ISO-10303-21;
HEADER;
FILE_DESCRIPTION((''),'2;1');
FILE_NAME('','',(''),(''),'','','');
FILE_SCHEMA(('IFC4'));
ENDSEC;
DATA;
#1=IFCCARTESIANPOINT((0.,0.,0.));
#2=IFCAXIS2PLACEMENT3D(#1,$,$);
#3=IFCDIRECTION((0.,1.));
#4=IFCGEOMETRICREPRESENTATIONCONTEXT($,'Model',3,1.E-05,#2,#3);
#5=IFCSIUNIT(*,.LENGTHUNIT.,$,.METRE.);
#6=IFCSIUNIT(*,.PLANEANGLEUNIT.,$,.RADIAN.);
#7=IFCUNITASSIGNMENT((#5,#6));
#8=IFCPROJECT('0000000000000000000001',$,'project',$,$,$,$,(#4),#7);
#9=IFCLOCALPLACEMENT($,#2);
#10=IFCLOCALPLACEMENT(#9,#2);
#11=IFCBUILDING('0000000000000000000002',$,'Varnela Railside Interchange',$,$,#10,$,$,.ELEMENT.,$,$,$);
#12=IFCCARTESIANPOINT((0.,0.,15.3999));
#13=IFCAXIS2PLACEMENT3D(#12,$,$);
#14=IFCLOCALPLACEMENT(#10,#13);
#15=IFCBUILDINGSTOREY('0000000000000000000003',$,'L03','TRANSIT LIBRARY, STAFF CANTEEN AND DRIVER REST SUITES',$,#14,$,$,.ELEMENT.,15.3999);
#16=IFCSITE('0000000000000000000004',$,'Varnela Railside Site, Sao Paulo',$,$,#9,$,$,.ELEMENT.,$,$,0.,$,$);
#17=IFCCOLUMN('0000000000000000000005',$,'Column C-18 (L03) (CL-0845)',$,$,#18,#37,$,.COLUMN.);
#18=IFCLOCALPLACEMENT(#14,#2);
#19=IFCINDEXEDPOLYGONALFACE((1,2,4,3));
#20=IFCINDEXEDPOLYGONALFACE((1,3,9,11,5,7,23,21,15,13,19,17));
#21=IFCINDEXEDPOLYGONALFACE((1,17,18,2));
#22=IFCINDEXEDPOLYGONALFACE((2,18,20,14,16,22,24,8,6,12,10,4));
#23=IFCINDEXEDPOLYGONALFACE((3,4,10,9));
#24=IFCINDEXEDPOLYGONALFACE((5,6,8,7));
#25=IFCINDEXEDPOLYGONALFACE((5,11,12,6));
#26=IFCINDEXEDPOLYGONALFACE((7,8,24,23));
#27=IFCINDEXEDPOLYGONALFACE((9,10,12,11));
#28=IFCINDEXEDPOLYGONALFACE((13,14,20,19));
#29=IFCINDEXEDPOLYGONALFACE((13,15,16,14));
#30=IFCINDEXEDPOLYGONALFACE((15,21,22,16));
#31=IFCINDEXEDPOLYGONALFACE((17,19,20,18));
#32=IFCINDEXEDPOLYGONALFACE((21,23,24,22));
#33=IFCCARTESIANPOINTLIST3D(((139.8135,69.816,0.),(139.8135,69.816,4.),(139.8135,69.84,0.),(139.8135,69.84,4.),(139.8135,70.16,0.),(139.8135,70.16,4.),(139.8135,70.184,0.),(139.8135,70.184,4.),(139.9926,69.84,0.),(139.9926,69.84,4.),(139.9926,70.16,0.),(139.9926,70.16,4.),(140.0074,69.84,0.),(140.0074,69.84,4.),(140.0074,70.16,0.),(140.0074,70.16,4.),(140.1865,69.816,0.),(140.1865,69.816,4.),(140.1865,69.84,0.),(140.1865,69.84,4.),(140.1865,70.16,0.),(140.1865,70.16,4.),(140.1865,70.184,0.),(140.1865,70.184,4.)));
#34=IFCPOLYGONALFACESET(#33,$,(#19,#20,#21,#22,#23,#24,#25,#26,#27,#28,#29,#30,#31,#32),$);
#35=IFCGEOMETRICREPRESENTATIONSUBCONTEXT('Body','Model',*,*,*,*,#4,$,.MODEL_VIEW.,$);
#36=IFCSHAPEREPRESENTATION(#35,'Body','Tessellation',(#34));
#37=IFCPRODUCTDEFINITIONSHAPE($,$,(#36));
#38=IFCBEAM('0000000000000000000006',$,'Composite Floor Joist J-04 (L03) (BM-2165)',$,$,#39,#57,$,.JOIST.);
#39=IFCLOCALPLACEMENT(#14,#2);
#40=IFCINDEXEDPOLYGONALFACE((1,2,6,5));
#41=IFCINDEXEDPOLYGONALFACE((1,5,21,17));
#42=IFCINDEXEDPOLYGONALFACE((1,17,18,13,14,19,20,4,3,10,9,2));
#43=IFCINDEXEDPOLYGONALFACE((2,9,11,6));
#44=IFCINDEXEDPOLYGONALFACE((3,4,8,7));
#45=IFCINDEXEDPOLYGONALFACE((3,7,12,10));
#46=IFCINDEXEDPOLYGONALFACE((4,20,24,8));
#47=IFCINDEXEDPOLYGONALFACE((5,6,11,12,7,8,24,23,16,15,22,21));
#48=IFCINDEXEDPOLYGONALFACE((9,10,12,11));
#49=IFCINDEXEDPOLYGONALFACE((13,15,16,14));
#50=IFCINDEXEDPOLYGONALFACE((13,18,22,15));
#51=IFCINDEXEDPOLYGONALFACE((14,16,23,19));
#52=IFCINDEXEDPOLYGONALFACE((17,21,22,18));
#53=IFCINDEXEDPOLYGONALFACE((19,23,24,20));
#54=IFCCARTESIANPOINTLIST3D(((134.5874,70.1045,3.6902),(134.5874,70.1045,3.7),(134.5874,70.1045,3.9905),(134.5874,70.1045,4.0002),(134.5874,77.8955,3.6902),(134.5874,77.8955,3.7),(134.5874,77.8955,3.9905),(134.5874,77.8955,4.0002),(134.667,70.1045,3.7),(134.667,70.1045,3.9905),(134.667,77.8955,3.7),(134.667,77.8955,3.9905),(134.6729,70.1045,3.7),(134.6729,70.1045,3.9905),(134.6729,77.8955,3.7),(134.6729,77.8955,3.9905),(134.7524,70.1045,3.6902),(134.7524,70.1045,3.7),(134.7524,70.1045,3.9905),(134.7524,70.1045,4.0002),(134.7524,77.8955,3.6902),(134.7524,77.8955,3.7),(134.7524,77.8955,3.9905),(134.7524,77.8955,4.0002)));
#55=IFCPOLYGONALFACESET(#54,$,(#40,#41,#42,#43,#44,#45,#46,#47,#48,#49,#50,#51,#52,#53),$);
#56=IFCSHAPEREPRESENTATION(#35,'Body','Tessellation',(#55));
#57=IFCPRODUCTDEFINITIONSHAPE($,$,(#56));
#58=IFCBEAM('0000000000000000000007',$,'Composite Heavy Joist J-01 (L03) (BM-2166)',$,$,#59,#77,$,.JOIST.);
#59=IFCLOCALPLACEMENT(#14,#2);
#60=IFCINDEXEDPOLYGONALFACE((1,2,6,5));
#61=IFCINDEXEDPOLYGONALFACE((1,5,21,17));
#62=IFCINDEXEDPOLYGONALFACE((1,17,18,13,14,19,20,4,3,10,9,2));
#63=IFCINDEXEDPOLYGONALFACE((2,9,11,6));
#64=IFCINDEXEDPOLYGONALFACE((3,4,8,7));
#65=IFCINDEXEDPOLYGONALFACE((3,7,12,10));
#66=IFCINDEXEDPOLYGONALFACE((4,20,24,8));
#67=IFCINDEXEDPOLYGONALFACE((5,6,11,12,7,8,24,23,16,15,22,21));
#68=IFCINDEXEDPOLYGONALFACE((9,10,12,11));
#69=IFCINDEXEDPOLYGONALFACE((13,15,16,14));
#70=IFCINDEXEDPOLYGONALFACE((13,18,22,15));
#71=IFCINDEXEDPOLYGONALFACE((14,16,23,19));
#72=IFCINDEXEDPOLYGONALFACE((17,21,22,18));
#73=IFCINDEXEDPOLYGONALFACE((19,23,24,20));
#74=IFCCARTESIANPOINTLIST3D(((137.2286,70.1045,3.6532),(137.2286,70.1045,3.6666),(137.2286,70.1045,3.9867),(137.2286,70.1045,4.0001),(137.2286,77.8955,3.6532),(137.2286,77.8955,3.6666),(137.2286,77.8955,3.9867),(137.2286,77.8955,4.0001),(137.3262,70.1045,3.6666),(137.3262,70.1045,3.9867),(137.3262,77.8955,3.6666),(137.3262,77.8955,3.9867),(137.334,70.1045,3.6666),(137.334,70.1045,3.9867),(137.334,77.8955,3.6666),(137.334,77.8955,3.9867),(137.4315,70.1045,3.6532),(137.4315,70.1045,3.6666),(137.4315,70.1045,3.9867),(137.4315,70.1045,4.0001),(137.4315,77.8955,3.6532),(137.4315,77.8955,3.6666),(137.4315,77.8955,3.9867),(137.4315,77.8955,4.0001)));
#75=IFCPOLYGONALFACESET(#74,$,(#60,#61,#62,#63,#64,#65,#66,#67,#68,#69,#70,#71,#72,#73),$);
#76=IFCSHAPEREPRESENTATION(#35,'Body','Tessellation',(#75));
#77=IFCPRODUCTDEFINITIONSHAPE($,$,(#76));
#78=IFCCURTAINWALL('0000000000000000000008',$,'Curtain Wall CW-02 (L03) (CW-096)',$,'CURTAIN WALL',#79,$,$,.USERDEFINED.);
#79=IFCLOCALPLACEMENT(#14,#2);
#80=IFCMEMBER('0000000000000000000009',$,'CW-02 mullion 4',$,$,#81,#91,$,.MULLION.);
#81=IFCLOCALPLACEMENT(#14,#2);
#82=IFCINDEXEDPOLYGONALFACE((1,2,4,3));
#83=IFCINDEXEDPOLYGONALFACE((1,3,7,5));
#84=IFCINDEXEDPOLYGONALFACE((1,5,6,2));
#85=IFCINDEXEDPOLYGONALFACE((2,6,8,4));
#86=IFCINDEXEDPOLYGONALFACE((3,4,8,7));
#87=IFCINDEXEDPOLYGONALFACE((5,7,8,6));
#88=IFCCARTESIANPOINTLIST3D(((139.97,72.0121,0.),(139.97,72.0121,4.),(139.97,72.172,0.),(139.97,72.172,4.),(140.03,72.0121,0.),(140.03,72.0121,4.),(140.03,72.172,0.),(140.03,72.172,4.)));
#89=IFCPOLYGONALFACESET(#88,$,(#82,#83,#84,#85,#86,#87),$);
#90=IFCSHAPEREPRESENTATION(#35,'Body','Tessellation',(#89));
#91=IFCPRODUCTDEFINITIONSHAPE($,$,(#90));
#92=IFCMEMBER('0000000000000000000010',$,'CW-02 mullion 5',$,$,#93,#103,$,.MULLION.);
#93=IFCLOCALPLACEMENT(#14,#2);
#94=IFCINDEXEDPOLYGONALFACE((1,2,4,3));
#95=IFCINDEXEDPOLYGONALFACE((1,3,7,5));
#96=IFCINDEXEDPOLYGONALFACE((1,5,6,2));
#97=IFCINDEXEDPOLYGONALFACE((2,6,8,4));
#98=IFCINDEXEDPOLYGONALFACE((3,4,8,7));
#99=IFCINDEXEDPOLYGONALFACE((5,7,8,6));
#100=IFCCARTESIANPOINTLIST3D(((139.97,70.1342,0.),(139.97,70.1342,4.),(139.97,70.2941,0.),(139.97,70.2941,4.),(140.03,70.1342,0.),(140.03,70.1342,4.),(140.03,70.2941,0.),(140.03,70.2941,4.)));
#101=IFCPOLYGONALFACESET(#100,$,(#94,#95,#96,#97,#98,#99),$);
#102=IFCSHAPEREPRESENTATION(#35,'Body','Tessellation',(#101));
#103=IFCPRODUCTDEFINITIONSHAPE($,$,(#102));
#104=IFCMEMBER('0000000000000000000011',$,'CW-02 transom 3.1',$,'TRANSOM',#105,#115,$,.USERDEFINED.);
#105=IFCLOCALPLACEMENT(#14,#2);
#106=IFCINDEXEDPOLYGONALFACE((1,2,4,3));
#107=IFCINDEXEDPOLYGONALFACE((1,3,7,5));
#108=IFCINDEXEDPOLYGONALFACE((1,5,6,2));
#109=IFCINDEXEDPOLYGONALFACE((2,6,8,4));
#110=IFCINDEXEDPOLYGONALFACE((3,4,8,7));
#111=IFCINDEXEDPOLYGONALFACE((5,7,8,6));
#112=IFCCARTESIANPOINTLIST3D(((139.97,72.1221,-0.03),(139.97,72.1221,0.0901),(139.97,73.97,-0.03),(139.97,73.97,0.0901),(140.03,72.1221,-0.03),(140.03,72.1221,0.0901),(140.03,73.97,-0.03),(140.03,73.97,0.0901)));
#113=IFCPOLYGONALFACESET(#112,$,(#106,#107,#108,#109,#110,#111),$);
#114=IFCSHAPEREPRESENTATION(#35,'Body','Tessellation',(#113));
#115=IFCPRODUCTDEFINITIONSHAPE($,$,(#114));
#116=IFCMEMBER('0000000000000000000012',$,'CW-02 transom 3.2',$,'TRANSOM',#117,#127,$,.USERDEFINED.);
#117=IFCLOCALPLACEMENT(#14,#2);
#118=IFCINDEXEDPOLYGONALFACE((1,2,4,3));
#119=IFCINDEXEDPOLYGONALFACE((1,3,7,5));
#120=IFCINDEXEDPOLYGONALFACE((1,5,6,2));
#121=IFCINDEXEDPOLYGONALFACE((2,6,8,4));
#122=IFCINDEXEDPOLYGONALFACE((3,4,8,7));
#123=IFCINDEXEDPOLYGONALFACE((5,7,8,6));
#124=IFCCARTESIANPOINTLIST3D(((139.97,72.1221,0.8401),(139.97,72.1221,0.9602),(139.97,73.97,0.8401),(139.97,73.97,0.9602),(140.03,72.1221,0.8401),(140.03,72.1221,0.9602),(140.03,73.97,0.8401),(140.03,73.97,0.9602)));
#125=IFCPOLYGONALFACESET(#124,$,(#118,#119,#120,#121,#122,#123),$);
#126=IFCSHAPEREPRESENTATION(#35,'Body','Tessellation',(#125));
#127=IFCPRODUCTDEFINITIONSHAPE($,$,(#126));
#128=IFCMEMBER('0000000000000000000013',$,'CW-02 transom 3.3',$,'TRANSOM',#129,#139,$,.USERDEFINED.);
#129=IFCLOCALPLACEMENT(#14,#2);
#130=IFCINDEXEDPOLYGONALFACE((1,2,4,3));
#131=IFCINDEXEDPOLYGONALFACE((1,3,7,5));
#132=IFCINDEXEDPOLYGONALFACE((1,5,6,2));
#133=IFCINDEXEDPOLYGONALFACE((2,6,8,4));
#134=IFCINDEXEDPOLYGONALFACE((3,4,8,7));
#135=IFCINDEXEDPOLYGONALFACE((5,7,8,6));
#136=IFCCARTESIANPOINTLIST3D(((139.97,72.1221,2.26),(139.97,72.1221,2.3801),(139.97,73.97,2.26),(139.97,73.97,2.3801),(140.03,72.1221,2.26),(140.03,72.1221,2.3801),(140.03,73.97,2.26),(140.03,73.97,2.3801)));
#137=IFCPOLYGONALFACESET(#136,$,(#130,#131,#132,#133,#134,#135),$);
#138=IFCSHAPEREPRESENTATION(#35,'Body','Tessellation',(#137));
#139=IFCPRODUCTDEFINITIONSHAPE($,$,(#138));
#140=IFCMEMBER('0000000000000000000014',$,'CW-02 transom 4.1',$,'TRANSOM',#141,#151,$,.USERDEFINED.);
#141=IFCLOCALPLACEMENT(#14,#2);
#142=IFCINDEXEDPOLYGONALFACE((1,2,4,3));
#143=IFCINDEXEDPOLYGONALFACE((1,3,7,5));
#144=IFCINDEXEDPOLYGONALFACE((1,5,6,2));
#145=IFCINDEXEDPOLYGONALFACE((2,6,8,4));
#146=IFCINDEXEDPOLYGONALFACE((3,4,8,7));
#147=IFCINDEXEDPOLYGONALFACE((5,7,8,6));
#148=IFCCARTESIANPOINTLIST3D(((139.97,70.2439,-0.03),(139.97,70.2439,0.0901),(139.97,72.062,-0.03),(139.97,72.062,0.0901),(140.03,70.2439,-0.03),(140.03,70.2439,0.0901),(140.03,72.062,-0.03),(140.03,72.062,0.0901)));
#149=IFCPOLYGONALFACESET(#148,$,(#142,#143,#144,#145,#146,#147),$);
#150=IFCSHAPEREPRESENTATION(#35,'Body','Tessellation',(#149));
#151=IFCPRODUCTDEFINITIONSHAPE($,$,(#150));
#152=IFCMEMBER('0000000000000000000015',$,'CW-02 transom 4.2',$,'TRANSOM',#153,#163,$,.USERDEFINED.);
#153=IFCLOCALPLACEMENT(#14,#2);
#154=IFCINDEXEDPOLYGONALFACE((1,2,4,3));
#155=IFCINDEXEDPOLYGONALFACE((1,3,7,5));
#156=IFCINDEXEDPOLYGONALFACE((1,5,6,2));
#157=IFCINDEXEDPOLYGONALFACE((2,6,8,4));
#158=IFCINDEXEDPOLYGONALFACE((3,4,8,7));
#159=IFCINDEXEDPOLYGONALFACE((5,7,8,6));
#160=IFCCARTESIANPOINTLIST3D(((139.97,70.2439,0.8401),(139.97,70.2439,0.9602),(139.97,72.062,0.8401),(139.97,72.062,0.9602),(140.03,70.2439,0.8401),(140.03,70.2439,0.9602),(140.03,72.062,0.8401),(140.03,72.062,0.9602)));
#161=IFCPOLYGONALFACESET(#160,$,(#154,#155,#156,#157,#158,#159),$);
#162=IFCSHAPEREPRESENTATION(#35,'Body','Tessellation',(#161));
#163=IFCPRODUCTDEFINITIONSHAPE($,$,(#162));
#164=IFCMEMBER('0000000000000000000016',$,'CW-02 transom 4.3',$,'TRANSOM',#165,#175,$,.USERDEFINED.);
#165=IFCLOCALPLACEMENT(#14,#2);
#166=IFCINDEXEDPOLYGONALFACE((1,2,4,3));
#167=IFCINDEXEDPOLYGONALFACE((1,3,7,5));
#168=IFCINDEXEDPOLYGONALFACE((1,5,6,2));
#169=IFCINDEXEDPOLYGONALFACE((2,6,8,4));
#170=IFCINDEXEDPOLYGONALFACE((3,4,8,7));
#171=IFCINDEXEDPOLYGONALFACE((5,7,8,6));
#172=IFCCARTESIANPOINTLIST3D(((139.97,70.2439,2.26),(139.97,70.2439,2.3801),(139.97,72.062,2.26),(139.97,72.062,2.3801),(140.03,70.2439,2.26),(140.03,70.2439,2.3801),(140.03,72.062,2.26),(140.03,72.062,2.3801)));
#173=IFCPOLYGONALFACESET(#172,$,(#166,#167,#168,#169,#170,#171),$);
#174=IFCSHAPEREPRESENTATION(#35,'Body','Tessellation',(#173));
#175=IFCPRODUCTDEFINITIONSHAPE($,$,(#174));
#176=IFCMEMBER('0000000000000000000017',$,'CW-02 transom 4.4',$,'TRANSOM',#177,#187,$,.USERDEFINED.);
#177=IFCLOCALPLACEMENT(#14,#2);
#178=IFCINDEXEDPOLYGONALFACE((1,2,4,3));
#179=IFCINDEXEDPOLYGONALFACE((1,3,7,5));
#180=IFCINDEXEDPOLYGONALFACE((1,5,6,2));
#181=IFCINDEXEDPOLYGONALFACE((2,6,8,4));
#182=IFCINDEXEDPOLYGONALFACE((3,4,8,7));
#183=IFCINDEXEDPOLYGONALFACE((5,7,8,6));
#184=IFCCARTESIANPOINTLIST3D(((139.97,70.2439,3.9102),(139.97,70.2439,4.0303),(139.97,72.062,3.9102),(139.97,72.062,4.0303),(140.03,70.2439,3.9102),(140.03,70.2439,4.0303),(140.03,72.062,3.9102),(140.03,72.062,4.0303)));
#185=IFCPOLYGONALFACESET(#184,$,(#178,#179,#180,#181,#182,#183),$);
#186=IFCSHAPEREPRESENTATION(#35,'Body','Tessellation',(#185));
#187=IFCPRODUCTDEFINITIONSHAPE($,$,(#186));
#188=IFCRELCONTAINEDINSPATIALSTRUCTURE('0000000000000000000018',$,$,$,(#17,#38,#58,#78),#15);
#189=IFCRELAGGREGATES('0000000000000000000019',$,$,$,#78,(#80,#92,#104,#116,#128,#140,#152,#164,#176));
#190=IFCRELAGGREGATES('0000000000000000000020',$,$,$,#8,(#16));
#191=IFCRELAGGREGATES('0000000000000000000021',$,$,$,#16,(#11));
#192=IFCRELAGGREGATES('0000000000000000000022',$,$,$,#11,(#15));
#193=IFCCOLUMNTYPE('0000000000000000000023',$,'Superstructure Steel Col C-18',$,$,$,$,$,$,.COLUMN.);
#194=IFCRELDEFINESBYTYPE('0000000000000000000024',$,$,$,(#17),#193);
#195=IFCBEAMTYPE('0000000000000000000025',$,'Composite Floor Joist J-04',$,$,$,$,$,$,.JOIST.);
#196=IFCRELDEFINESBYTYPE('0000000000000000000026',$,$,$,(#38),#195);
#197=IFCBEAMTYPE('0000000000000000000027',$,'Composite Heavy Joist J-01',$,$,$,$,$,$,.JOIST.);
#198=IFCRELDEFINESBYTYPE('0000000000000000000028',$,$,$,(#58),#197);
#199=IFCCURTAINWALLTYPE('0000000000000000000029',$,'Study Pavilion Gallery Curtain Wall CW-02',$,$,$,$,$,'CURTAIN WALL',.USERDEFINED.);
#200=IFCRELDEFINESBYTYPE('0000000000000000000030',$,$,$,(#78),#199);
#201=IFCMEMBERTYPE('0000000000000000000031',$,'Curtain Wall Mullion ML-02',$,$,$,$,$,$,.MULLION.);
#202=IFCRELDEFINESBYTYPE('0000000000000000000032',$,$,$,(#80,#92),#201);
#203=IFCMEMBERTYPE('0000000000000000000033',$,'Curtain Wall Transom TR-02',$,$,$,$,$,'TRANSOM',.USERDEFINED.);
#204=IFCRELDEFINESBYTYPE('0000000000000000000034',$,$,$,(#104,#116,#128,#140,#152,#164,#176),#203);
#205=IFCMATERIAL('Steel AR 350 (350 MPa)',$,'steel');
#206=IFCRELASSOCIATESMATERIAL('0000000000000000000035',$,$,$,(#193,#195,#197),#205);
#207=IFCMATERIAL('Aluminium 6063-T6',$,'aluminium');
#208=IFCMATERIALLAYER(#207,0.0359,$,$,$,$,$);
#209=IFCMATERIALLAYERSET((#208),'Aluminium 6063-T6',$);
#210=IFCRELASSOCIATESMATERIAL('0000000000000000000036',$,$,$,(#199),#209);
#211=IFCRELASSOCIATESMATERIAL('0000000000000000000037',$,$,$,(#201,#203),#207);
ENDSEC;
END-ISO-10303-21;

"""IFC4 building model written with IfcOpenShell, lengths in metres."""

from ifc_helpers import new_model, si_unit, direction, frame, origin, origin_2d, place, context, subcontext, project, spatial, rectangle, i_section, extrude, material, layer, layer_set, material_profile, profile_set, type_object, element, aggregate, save


model = new_model("IFC4")

# Units and contexts
model_context = context("Model", 3, precision=1e-05, world=origin(), true_north=direction((0.0, 1.0)))
body_context = subcontext(model_context, "Body", "Model", "MODEL_VIEW")
ifc_project = project(units=[si_unit("LENGTHUNIT", "METRE"), si_unit("PLANEANGLEUNIT", "RADIAN")], contexts=[model_context])

# Site, building, storey
site_placement = place(None, origin())
site = spatial("IfcSite", under=ifc_project, at=site_placement, Name="Varnela Railside Site, Sao Paulo", CompositionType="ELEMENT", RefElevation=0.0)
building_placement = place(site_placement, origin())
building = spatial("IfcBuilding", under=site, at=building_placement, Name="Varnela Railside Interchange", CompositionType="ELEMENT")
storey_placement = place(building_placement, frame((0.0, 0.0, 15.3999)))
storey = spatial("IfcBuildingStorey", under=building, at=storey_placement, Name="L03", Description="TRANSIT LIBRARY, STAFF CANTEEN AND DRIVER REST SUITES", CompositionType="ELEMENT", Elevation=15.3999)

# Column
ifc_material_1 = material(Name="Steel AR 350 (350 MPa)", Category="steel")
ifc_material_profile_1 = material_profile(ifc_material_1, i_section(OverallWidth=0.373, OverallDepth=0.3679, WebThickness=0.0149, FlangeThickness=0.0239, at=origin_2d()), Name="W360x179")
ifc_profile_set_1 = profile_set([ifc_material_profile_1], Name="Steel AR 350 (350 MPa)")
column_type = type_object("IfcColumnType", Name="Superstructure Steel Col C-18", PredefinedType="COLUMN", material=ifc_profile_set_1)
column_placement = place(storey_placement, frame((140.0, 70.0, 0.0), z_axis=(0.0, 0.0, 1.0), x_axis=(1.0, 0.0, 0.0)))
element("IfcColumn", 1, at=column_placement, inside=storey, type_object=column_type, Name="Column C-18 (L03) (CL-0845)", PredefinedType="COLUMN", context=body_context, shape_type="SweptSolid", body=[
    extrude(i_section(OverallWidth=0.373, OverallDepth=0.3679, WebThickness=0.0149, FlangeThickness=0.0239, at=origin_2d()), origin(), (0.0, 0.0, 1.0), 4.0),
])

# Beams
ifc_material_profile_2 = material_profile(ifc_material_1, i_section(OverallWidth=0.165, OverallDepth=0.3101, WebThickness=0.0059, FlangeThickness=0.0098, at=origin_2d()), Name="W310x38.7")
ifc_profile_set_2 = profile_set([ifc_material_profile_2], Name="Steel AR 350 (350 MPa)")
beam_type_1 = type_object("IfcBeamType", Name="Composite Floor Joist J-04", PredefinedType="JOIST", material=ifc_profile_set_2)
beam_1_placement = place(storey_placement, frame((134.6699, 70.1045, 3.8452), z_axis=(0.0, 1.0, 0.0), x_axis=(-1.0, 0.0, 0.0)))
element("IfcBeam", 2, at=beam_1_placement, inside=storey, type_object=beam_type_1, Name="Composite Floor Joist J-04 (L03) (BM-2165)", PredefinedType="JOIST", context=body_context, shape_type="SweptSolid", body=[
    extrude(i_section(OverallWidth=0.165, OverallDepth=0.3101, WebThickness=0.0059, FlangeThickness=0.0098, at=origin_2d()), origin(), (0.0, 0.0, 1.0), 7.791),
])
ifc_material_profile_3 = material_profile(ifc_material_1, i_section(OverallWidth=0.2029, OverallDepth=0.3469, WebThickness=0.0078, FlangeThickness=0.0134, at=origin_2d()), Name="W360x64")
ifc_profile_set_3 = profile_set([ifc_material_profile_3], Name="Steel AR 350 (350 MPa)")
beam_type_2 = type_object("IfcBeamType", Name="Composite Heavy Joist J-01", PredefinedType="JOIST", material=ifc_profile_set_3)
beam_2_placement = place(storey_placement, frame((137.3301, 70.1045, 3.8267), z_axis=(0.0, 1.0, 0.0), x_axis=(-1.0, 0.0, 0.0)))
element("IfcBeam", 3, at=beam_2_placement, inside=storey, type_object=beam_type_2, Name="Composite Heavy Joist J-01 (L03) (BM-2166)", PredefinedType="JOIST", context=body_context, shape_type="SweptSolid", body=[
    extrude(i_section(OverallWidth=0.2029, OverallDepth=0.3469, WebThickness=0.0078, FlangeThickness=0.0134, at=origin_2d()), origin(), (0.0, 0.0, 1.0), 7.791),
])

# Curtain wall, members
ifc_material_2 = material(Name="Aluminium 6063-T6", Category="aluminium")
ifc_layer_1 = layer(ifc_material_2, 0.0359)
ifc_layer_set_1 = layer_set([ifc_layer_1], Name="Aluminium 6063-T6")
curtain_wall_type = type_object("IfcCurtainWallType", Name="Study Pavilion Gallery Curtain Wall CW-02", ElementType="CURTAIN WALL", PredefinedType="USERDEFINED", material=ifc_layer_set_1)
curtain_wall_placement = place(storey_placement, origin())
curtain_wall = element("IfcCurtainWall", 4, at=curtain_wall_placement, inside=storey, type_object=curtain_wall_type, Name="Curtain Wall CW-02 (L03) (CW-096)", ObjectType="CURTAIN WALL", PredefinedType="USERDEFINED")
ifc_material_profile_4 = material_profile(ifc_material_2, rectangle(XDim=0.0601, YDim=0.1599, at=origin_2d()), Name="ALU 60x160")
ifc_profile_set_4 = profile_set([ifc_material_profile_4], Name="Aluminium 6063-T6")
member_type_1 = type_object("IfcMemberType", Name="Curtain Wall Mullion ML-02", PredefinedType="MULLION", material=ifc_profile_set_4)
member_1_placement = place(storey_placement, frame((140.0, 72.092, 0.0), z_axis=(0.0, 0.0, 1.0), x_axis=(1.0, 0.0, 0.0)))
member_1 = element("IfcMember", 5, at=member_1_placement, type_object=member_type_1, Name="CW-02 mullion 4", PredefinedType="MULLION", context=body_context, shape_type="SweptSolid", body=[
    extrude(rectangle(XDim=0.0601, YDim=0.1599, at=origin_2d()), origin(), (0.0, 0.0, 1.0), 4.0),
])
member_2_placement = place(storey_placement, frame((140.0, 70.2141, 0.0), z_axis=(0.0, 0.0, 1.0), x_axis=(1.0, 0.0, 0.0)))
member_2 = element("IfcMember", 6, at=member_2_placement, type_object=member_type_1, Name="CW-02 mullion 5", PredefinedType="MULLION", context=body_context, shape_type="SweptSolid", body=[
    extrude(rectangle(XDim=0.0601, YDim=0.1599, at=origin_2d()), origin(), (0.0, 0.0, 1.0), 4.0),
])
ifc_material_profile_5 = material_profile(ifc_material_2, rectangle(XDim=0.0601, YDim=0.1201, at=origin_2d()), Name="ALU 60x120")
ifc_profile_set_5 = profile_set([ifc_material_profile_5], Name="Aluminium 6063-T6")
member_type_2 = type_object("IfcMemberType", Name="Curtain Wall Transom TR-02", ElementType="TRANSOM", PredefinedType="USERDEFINED", material=ifc_profile_set_5)
member_3_placement = place(storey_placement, frame((140.0, 73.97, 0.03), z_axis=(0.0, -1.0, 0.0), x_axis=(1.0, 0.0, 0.0)))
member_3 = element("IfcMember", 7, at=member_3_placement, type_object=member_type_2, Name="CW-02 transom 3.1", ObjectType="TRANSOM", PredefinedType="USERDEFINED", context=body_context, shape_type="SweptSolid", body=[
    extrude(rectangle(XDim=0.0601, YDim=0.1201, at=origin_2d()), origin(), (0.0, 0.0, 1.0), 1.8479),
])
member_4_placement = place(storey_placement, frame((140.0, 73.97, 0.9001), z_axis=(0.0, -1.0, 0.0), x_axis=(1.0, 0.0, 0.0)))
member_4 = element("IfcMember", 8, at=member_4_placement, type_object=member_type_2, Name="CW-02 transom 3.2", ObjectType="TRANSOM", PredefinedType="USERDEFINED", context=body_context, shape_type="SweptSolid", body=[
    extrude(rectangle(XDim=0.0601, YDim=0.1201, at=origin_2d()), origin(), (0.0, 0.0, 1.0), 1.8479),
])
member_5_placement = place(storey_placement, frame((140.0, 73.97, 2.3201), z_axis=(0.0, -1.0, 0.0), x_axis=(1.0, 0.0, 0.0)))
member_5 = element("IfcMember", 9, at=member_5_placement, type_object=member_type_2, Name="CW-02 transom 3.3", ObjectType="TRANSOM", PredefinedType="USERDEFINED", context=body_context, shape_type="SweptSolid", body=[
    extrude(rectangle(XDim=0.0601, YDim=0.1201, at=origin_2d()), origin(), (0.0, 0.0, 1.0), 1.8479),
])
member_6_placement = place(storey_placement, frame((140.0, 72.062, 0.03), z_axis=(0.0, -1.0, 0.0), x_axis=(1.0, 0.0, 0.0)))
member_6 = element("IfcMember", 10, at=member_6_placement, type_object=member_type_2, Name="CW-02 transom 4.1", ObjectType="TRANSOM", PredefinedType="USERDEFINED", context=body_context, shape_type="SweptSolid", body=[
    extrude(rectangle(XDim=0.0601, YDim=0.1201, at=origin_2d()), origin(), (0.0, 0.0, 1.0), 1.8181),
])
member_7_placement = place(storey_placement, frame((140.0, 72.062, 0.9001), z_axis=(0.0, -1.0, 0.0), x_axis=(1.0, 0.0, 0.0)))
member_7 = element("IfcMember", 11, at=member_7_placement, type_object=member_type_2, Name="CW-02 transom 4.2", ObjectType="TRANSOM", PredefinedType="USERDEFINED", context=body_context, shape_type="SweptSolid", body=[
    extrude(rectangle(XDim=0.0601, YDim=0.1201, at=origin_2d()), origin(), (0.0, 0.0, 1.0), 1.8181),
])
member_8_placement = place(storey_placement, frame((140.0, 72.062, 2.3201), z_axis=(0.0, -1.0, 0.0), x_axis=(1.0, 0.0, 0.0)))
member_8 = element("IfcMember", 12, at=member_8_placement, type_object=member_type_2, Name="CW-02 transom 4.3", ObjectType="TRANSOM", PredefinedType="USERDEFINED", context=body_context, shape_type="SweptSolid", body=[
    extrude(rectangle(XDim=0.0601, YDim=0.1201, at=origin_2d()), origin(), (0.0, 0.0, 1.0), 1.8181),
])
member_9_placement = place(storey_placement, frame((140.0, 72.062, 3.9702), z_axis=(0.0, -1.0, 0.0), x_axis=(1.0, 0.0, 0.0)))
member_9 = element("IfcMember", 13, at=member_9_placement, type_object=member_type_2, Name="CW-02 transom 4.4", ObjectType="TRANSOM", PredefinedType="USERDEFINED", context=body_context, shape_type="SweptSolid", body=[
    extrude(rectangle(XDim=0.0601, YDim=0.1201, at=origin_2d()), origin(), (0.0, 0.0, 1.0), 1.8181),
])

aggregate(curtain_wall, [member_1, member_2, member_3, member_4, member_5, member_6, member_7, member_8, member_9])

save(model, "model.ifc")
